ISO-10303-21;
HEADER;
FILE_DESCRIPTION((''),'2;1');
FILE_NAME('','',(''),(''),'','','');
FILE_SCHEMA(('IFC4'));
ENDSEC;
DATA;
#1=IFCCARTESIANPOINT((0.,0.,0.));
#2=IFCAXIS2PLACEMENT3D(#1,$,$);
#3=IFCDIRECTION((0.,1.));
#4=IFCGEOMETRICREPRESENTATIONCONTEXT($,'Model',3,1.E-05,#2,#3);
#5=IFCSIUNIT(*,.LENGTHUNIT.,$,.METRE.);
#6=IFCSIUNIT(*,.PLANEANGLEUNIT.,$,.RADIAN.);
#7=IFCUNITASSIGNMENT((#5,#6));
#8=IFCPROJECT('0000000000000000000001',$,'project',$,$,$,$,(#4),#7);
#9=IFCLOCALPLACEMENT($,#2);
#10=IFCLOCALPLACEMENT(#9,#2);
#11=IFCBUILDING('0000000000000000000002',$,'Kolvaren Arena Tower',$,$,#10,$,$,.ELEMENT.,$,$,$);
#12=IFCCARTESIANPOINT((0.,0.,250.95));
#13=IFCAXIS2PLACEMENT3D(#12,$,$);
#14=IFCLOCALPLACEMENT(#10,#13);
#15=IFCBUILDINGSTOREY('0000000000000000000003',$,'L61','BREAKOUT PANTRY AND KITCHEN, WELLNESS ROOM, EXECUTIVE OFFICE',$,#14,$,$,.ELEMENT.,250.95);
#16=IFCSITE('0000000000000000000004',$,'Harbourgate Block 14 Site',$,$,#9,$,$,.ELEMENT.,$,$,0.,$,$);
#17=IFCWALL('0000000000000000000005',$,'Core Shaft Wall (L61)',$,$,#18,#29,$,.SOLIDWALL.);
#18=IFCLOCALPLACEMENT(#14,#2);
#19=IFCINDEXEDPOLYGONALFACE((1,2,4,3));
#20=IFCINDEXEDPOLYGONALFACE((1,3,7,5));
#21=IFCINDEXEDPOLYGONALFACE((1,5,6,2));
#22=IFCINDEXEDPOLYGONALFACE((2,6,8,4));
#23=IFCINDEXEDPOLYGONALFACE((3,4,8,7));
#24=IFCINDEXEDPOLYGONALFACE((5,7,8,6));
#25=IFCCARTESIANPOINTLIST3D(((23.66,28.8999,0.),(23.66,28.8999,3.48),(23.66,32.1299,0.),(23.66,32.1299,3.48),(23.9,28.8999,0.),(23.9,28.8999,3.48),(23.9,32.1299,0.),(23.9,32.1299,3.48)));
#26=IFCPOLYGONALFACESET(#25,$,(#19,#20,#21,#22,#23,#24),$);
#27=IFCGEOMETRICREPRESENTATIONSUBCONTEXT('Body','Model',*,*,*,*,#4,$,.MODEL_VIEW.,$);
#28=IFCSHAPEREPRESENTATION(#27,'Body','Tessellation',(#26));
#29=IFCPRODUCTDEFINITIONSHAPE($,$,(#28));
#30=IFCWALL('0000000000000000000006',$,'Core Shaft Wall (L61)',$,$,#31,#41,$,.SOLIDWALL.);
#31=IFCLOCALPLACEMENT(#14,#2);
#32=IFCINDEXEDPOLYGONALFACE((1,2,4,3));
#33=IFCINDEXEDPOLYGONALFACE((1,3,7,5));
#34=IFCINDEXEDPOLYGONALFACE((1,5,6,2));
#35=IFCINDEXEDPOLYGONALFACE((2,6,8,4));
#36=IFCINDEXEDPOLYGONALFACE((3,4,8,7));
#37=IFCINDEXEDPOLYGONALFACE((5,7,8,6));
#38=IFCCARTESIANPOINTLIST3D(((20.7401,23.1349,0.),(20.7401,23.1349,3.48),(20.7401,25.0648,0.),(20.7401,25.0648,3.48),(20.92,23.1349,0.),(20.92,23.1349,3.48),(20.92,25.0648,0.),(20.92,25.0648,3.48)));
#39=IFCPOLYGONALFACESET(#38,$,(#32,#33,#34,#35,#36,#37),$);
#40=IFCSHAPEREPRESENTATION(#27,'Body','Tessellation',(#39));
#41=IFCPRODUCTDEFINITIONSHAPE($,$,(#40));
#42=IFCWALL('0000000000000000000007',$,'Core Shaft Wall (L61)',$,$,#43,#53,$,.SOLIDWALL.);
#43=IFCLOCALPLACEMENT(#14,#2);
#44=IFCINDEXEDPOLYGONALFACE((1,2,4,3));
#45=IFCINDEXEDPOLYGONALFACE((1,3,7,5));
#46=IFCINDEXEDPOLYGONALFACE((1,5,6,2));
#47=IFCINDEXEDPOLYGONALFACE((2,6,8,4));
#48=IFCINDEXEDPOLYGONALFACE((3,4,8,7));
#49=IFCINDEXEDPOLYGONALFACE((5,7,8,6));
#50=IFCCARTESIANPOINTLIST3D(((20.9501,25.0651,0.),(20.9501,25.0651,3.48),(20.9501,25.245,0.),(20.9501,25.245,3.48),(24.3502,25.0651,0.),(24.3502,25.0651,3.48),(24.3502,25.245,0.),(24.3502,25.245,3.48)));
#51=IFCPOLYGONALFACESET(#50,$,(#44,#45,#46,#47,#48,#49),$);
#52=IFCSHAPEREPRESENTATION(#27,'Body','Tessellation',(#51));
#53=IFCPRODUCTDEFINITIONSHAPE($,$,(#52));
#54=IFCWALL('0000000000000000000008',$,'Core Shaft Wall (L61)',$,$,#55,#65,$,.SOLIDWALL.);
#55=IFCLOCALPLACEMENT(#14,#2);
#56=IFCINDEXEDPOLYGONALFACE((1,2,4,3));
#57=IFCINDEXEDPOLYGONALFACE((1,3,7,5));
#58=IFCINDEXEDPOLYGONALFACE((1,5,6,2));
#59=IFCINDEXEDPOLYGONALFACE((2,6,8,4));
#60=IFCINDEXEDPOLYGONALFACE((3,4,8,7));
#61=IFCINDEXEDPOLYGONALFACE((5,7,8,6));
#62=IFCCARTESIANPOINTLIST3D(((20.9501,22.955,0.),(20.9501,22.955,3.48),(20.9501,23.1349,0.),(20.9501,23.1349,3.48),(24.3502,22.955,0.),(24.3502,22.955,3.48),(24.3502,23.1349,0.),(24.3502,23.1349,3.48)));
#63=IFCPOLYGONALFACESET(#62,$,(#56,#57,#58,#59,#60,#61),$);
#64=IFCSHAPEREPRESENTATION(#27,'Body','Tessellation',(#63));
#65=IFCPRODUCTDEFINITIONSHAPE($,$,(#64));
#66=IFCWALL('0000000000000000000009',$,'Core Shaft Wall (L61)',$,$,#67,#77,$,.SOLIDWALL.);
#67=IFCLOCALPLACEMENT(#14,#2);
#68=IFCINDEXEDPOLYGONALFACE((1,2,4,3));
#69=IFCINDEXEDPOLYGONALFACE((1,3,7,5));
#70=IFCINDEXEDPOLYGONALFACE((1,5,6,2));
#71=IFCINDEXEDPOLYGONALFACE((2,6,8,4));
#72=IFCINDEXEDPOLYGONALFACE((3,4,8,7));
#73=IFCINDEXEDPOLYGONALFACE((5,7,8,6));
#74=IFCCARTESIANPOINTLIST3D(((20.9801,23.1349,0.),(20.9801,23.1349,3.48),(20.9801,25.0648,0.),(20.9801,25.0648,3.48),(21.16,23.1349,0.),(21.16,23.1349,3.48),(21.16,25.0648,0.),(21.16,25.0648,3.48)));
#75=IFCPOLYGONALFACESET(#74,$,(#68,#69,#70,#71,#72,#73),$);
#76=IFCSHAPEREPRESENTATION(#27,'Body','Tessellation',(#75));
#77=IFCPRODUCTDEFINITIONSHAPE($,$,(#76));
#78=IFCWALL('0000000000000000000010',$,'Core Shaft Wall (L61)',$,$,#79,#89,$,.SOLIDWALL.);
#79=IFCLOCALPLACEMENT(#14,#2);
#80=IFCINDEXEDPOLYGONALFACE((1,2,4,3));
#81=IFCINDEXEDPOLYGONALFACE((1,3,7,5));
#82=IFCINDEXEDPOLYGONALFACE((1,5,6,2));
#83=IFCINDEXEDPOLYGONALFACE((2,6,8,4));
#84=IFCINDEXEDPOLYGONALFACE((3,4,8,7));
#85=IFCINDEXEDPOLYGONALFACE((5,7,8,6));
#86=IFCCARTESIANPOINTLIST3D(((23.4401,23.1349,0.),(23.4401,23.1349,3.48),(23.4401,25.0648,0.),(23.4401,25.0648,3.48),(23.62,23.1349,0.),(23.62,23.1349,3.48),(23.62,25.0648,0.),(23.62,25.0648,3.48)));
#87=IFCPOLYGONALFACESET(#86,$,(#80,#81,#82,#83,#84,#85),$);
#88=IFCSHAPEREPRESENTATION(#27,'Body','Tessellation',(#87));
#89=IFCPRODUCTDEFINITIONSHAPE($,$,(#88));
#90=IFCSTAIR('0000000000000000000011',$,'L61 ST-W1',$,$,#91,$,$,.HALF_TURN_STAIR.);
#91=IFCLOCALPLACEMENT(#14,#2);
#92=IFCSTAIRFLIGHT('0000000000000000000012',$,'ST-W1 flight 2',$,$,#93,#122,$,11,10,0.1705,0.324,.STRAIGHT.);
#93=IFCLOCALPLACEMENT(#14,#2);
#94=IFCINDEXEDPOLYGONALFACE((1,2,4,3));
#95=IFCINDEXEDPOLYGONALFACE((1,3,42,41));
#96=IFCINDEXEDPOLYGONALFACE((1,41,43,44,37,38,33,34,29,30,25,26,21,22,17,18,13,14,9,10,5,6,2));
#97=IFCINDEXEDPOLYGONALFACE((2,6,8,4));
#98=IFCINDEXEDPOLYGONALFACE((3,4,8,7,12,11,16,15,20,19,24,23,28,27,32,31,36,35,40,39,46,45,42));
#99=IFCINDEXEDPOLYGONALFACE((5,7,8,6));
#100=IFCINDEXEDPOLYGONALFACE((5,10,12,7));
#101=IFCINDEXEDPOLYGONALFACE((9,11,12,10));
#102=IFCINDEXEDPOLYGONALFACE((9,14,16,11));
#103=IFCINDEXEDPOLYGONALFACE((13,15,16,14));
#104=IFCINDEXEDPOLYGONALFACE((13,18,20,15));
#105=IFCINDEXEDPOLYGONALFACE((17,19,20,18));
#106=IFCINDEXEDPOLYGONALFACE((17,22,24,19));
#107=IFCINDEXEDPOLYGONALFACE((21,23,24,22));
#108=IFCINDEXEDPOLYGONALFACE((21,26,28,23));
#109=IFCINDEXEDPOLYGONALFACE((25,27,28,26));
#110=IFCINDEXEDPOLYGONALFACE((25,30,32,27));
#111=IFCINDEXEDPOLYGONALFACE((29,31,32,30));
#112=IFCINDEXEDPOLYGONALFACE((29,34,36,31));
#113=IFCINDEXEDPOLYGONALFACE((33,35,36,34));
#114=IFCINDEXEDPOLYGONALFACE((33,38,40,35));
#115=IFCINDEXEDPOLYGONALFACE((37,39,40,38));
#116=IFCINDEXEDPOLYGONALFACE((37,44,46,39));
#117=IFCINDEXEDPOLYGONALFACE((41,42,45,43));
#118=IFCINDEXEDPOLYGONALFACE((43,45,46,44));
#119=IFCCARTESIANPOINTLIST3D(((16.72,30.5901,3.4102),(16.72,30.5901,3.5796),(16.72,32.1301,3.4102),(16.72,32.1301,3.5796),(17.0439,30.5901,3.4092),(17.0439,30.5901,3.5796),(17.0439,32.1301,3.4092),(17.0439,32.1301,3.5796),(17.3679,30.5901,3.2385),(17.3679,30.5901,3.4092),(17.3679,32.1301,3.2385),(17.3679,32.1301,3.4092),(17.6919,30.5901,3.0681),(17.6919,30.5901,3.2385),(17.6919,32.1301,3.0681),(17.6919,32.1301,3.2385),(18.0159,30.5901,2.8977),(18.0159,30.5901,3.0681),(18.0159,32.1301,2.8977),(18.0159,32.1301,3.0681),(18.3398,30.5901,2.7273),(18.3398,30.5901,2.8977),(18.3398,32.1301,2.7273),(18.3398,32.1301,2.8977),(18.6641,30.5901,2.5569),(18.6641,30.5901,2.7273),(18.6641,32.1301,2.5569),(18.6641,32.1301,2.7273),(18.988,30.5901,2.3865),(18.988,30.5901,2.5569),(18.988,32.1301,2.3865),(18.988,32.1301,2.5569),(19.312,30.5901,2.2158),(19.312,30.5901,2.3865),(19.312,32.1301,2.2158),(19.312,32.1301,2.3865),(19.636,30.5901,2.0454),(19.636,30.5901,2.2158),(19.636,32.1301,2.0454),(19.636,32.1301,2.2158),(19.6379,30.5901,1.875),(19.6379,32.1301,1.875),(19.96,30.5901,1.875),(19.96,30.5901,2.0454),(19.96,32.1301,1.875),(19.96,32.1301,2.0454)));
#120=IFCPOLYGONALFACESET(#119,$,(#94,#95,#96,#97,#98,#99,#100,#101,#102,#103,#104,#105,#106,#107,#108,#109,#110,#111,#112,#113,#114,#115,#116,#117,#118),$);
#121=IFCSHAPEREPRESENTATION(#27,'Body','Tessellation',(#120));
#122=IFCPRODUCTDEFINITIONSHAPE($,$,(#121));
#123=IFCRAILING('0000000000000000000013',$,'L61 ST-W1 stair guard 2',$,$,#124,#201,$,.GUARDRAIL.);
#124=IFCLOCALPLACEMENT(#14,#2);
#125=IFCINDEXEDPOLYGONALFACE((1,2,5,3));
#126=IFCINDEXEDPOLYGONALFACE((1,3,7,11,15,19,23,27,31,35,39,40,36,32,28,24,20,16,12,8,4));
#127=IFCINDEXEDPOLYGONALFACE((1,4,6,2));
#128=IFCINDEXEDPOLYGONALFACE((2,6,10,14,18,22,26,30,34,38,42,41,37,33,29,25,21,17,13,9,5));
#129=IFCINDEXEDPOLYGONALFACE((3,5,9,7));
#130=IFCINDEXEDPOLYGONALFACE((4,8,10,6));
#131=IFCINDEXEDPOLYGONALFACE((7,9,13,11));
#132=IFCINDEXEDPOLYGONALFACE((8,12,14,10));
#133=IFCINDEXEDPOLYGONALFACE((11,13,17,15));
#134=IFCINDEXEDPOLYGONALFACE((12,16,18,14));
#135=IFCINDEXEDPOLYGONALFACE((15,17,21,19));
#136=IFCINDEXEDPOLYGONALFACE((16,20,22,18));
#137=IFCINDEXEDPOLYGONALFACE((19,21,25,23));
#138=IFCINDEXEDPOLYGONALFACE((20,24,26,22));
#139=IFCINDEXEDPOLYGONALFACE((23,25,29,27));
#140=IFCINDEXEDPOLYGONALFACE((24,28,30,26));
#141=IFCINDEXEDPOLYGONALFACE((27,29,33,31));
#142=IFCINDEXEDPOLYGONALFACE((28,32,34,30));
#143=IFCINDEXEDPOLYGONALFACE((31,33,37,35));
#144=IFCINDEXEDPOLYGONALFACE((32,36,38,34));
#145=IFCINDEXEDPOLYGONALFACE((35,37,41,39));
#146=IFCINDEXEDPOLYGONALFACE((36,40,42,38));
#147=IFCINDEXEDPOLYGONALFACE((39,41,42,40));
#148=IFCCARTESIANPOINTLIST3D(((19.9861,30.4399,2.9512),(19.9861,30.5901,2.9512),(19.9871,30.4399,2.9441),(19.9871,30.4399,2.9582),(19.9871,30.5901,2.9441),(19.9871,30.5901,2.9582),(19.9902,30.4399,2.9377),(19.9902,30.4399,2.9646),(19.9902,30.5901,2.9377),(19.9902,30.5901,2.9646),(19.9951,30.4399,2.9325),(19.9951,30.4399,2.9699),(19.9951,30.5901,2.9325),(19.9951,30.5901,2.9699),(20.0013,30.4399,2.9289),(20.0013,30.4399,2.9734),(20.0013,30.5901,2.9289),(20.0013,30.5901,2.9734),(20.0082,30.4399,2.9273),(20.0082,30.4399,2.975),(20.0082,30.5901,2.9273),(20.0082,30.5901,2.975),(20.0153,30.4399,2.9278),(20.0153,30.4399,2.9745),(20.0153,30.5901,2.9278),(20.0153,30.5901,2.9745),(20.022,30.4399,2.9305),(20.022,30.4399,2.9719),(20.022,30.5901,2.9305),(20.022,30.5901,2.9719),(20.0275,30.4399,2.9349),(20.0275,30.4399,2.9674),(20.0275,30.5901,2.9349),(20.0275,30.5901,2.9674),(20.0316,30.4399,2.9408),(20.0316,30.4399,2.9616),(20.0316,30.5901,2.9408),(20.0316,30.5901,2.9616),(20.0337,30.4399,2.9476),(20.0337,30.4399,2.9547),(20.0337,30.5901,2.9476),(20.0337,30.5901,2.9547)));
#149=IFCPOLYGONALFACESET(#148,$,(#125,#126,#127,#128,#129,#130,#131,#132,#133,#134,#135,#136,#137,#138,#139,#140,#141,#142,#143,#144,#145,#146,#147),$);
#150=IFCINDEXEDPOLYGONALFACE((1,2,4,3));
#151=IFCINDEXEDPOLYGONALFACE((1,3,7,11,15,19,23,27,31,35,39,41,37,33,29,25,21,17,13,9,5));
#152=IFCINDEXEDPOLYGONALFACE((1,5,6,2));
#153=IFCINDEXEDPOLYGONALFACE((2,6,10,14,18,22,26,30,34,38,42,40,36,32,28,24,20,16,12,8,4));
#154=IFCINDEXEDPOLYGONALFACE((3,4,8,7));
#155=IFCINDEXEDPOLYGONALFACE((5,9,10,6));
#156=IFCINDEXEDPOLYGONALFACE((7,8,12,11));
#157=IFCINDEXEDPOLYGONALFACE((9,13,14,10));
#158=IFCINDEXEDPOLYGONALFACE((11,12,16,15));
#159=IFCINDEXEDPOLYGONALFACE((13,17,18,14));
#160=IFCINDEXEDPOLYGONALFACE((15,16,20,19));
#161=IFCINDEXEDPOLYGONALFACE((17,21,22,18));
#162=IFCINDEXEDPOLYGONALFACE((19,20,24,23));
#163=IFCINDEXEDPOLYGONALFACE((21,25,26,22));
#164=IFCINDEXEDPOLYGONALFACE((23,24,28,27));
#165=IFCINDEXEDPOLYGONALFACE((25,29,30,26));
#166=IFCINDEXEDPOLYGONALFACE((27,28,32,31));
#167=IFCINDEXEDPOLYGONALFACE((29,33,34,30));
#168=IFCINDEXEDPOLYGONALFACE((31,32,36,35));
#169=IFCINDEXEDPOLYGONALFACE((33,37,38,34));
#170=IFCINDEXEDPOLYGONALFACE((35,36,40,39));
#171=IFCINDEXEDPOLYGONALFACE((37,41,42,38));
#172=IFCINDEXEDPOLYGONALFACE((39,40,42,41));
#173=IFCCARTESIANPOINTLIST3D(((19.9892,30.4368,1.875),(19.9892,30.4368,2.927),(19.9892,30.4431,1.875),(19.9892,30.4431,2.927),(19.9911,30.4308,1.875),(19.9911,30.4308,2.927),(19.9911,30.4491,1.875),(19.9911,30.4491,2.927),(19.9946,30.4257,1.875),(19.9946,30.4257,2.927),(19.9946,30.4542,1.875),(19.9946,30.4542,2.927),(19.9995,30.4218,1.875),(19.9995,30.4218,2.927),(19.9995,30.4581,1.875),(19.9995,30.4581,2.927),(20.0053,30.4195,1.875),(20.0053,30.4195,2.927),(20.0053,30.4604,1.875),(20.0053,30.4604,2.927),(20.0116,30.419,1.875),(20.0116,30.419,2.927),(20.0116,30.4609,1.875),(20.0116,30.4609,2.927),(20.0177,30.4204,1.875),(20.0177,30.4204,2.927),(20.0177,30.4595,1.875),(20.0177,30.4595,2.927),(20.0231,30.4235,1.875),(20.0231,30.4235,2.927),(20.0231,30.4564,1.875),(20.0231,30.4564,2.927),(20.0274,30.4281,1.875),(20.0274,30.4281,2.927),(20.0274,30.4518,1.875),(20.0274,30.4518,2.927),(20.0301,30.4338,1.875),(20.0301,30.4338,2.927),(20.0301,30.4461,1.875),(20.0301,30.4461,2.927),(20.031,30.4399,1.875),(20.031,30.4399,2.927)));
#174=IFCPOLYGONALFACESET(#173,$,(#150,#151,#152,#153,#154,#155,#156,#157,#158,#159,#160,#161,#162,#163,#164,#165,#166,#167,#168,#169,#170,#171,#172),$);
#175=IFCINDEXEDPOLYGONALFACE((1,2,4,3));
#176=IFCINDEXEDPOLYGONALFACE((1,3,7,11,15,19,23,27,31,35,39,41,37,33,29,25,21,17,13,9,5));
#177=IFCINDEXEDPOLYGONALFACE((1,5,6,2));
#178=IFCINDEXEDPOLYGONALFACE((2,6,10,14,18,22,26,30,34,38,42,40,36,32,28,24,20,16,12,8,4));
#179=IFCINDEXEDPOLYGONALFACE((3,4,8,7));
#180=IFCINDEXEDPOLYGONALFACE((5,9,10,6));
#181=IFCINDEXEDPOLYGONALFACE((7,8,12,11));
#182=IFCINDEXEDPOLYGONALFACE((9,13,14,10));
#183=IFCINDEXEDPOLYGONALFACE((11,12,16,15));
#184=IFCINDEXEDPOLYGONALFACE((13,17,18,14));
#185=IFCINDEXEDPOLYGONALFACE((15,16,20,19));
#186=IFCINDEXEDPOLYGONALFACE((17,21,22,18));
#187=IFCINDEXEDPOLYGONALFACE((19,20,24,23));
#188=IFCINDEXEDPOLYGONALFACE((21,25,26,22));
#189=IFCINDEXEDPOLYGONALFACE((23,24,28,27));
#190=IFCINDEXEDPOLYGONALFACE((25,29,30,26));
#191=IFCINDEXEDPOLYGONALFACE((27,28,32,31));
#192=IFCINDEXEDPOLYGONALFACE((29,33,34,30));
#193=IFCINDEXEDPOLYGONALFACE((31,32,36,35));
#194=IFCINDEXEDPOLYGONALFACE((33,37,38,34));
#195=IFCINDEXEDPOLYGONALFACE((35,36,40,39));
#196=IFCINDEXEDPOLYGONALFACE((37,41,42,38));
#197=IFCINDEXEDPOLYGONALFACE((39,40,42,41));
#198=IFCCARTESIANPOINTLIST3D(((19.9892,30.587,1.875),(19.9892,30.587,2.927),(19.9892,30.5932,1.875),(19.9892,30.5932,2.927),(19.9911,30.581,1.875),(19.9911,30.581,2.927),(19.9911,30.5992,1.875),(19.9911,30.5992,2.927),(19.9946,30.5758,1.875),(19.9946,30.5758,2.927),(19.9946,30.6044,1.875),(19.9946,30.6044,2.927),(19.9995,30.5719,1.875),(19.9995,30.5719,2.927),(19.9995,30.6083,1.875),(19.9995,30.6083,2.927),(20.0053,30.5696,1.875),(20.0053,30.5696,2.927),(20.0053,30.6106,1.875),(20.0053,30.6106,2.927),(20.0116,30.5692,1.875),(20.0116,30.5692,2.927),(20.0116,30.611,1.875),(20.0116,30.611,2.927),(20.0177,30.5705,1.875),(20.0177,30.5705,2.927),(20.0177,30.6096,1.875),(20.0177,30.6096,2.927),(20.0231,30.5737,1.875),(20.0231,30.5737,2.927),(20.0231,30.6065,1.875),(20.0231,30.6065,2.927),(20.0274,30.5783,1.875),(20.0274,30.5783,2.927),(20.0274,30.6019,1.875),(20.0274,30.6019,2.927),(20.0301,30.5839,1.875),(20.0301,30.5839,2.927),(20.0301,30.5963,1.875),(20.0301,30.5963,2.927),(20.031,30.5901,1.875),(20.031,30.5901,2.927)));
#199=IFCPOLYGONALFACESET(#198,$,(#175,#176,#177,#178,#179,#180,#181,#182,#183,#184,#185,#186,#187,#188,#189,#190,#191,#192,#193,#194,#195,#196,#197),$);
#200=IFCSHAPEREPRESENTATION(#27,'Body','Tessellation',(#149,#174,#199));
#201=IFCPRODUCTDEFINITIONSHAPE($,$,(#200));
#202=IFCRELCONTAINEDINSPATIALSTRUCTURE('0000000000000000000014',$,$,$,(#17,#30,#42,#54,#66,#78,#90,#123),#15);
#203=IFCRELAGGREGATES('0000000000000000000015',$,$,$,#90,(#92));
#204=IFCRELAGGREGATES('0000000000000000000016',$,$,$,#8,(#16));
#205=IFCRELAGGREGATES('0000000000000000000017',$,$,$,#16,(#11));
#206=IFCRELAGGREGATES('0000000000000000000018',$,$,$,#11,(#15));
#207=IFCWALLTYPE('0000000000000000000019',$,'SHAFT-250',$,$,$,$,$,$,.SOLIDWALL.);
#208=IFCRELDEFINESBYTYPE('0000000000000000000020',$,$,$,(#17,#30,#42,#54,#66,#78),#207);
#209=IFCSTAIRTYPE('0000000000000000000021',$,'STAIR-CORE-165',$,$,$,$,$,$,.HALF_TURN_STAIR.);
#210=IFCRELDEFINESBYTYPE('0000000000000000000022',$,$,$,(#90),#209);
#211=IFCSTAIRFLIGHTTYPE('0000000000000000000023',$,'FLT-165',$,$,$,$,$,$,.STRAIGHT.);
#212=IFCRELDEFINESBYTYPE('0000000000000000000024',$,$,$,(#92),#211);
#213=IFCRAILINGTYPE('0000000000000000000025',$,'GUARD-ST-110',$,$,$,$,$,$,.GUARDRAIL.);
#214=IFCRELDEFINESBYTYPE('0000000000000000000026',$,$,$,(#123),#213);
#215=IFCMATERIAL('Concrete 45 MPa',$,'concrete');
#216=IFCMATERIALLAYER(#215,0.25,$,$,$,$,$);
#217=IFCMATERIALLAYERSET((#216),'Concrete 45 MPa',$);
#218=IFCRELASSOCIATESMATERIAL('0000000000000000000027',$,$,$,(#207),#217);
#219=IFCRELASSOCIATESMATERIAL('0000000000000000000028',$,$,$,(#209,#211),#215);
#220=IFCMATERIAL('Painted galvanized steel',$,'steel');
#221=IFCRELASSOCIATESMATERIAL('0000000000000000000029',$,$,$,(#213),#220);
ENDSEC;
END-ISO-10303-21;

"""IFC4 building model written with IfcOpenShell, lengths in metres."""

from ifc_helpers import new_model, si_unit, direction, frame, frame_2d, origin, origin_2d, place, context, subcontext, project, spatial, polyline, rectangle, circle, outline, extrude, material, layer, layer_set, type_object, element, aggregate, save


model = new_model("IFC4")

# Units and contexts
model_context = context("Model", 3, precision=1e-05, world=origin(), true_north=direction((0.0, 1.0)))
body_context = subcontext(model_context, "Body", "Model", "MODEL_VIEW")
ifc_project = project(units=[si_unit("LENGTHUNIT", "METRE"), si_unit("PLANEANGLEUNIT", "RADIAN")], contexts=[model_context])

# Site, building, storey
site_placement = place(None, origin())
site = spatial("IfcSite", under=ifc_project, at=site_placement, Name="Harbourgate Block 14 Site", CompositionType="ELEMENT", RefElevation=0.0)
building_placement = place(site_placement, origin())
building = spatial("IfcBuilding", under=site, at=building_placement, Name="Kolvaren Arena Tower", CompositionType="ELEMENT")
storey_placement = place(building_placement, frame((0.0, 0.0, 250.95)))
storey = spatial("IfcBuildingStorey", under=building, at=storey_placement, Name="L61", Description="BREAKOUT PANTRY AND KITCHEN, WELLNESS ROOM, EXECUTIVE OFFICE", CompositionType="ELEMENT", Elevation=250.95)

# Shared definitions
ifc_material_1 = material(Name="Concrete 45 MPa", Category="concrete")
ifc_layer_1 = layer(ifc_material_1, 0.25)
ifc_layer_set_1 = layer_set([ifc_layer_1], Name="Concrete 45 MPa")
wall_type_1 = type_object("IfcWallType", Name="SHAFT-250", PredefinedType="SOLIDWALL", material=ifc_layer_set_1)

# Walls
wall_1_placement = place(storey_placement, frame((23.78, 28.8999, 0.0), z_axis=(0.0, 0.0, 1.0), x_axis=(0.0, 1.0, 0.0)))
element("IfcWall", 1, at=wall_1_placement, inside=storey, type_object=wall_type_1, Name="Core Shaft Wall (L61)", PredefinedType="SOLIDWALL", context=body_context, shape_type="SweptSolid", body=[
    extrude(rectangle(XDim=3.23, YDim=0.24, at=frame_2d((1.615, 0.0))), origin(), (0.0, 0.0, 1.0), 3.48),
])
wall_2_placement = place(storey_placement, frame((20.8301, 23.135, 0.0), z_axis=(0.0, 0.0, 1.0), x_axis=(0.0, 1.0, 0.0)))
element("IfcWall", 2, at=wall_2_placement, inside=storey, type_object=wall_type_1, Name="Core Shaft Wall (L61)", PredefinedType="SOLIDWALL", context=body_context, shape_type="SweptSolid", body=[
    extrude(rectangle(XDim=1.9299, YDim=0.1799, at=frame_2d((0.9648, 0.0))), origin(), (0.0, 0.0, 1.0), 3.48),
])
for number, where, z_axis, x_axis, name in (
    (3, (20.95, 25.155, 0.0), (0.0, 0.0, 1.0), (1.0, 0.0, 0.0), "Core Shaft Wall (L61)"),
    (4, (20.95, 23.0449, 0.0), (0.0, 0.0, 1.0), (1.0, 0.0, 0.0), "Core Shaft Wall (L61)"),
):
    element("IfcWall", number, at=place(storey_placement, frame(where, z_axis=z_axis, x_axis=x_axis)), inside=storey, type_object=wall_type_1, Name=name, PredefinedType="SOLIDWALL", context=body_context, shape_type="SweptSolid", body=[
        extrude(rectangle(XDim=3.4001, YDim=0.1799, at=frame_2d((1.7002, 0.0))), origin(), (0.0, 0.0, 1.0), 3.48),
    ])
for number, where, z_axis, x_axis, name in (
    (5, (21.0701, 23.135, 0.0), (0.0, 0.0, 1.0), (0.0, 1.0, 0.0), "Core Shaft Wall (L61)"),
    (6, (23.53, 23.135, 0.0), (0.0, 0.0, 1.0), (0.0, 1.0, 0.0), "Core Shaft Wall (L61)"),
):
    element("IfcWall", number, at=place(storey_placement, frame(where, z_axis=z_axis, x_axis=x_axis)), inside=storey, type_object=wall_type_1, Name=name, PredefinedType="SOLIDWALL", context=body_context, shape_type="SweptSolid", body=[
        extrude(rectangle(XDim=1.9299, YDim=0.1799, at=frame_2d((0.9648, 0.0))), origin(), (0.0, 0.0, 1.0), 3.48),
    ])

# Stair, stair flight
stair_type = type_object("IfcStairType", Name="STAIR-CORE-165", PredefinedType="HALF_TURN_STAIR", material=ifc_material_1)
stair_placement = place(storey_placement, origin())
stair = element("IfcStair", 7, at=stair_placement, inside=storey, type_object=stair_type, Name="L61 ST-W1", PredefinedType="HALF_TURN_STAIR")
stair_flight_type = type_object("IfcStairFlightType", Name="FLT-165", PredefinedType="STRAIGHT", material=ifc_material_1)
stair_flight_placement = place(storey_placement, frame((19.96, 31.3601, 1.875), z_axis=(0.0, 0.0, 1.0), x_axis=(-1.0, 0.0, 0.0)))
stair_flight = element("IfcStairFlight", 8, at=stair_flight_placement, type_object=stair_flight_type, Name="ST-W1 flight 2", NumberOfRisers=11, NumberOfTreads=10, PredefinedType="STRAIGHT", RiserHeight=0.1705, TreadLength=0.324, context=body_context, shape_type="SweptSolid", body=[
    extrude(outline(polyline([(0.0, 0.0), (0.0, 0.1704), (0.324, 0.1704), (0.324, 0.3408), (0.6479, 0.3408), (0.6479, 0.5115), (0.9719, 0.5115), (0.9719, 0.6819), (1.2959, 0.6819), (1.2959, 0.8523), (1.6201, 0.8523), (1.6201, 1.0227), (1.9441, 1.0227), (1.9441, 1.1931), (2.2681, 1.1931), (2.2681, 1.3635), (2.592, 1.3635), (2.592, 1.5342), (2.916, 1.5342), (2.916, 1.7046), (3.24, 1.7046), (3.24, 1.875), (3.24, 1.5352), (0.322, 0.0), (0.0, 0.0)])), frame((0.0, 0.77, 0.0), z_axis=(0.0, -1.0, 0.0), x_axis=(1.0, 0.0, 0.0)), (0.0, 0.0, 1.0), 1.54),
])
aggregate(stair, [stair_flight])

# Railing
ifc_material_2 = material(Name="Painted galvanized steel", Category="steel")
railing_type_1 = type_object("IfcRailingType", Name="GUARD-ST-110", PredefinedType="GUARDRAIL", material=ifc_material_2)
railing_1_placement = place(storey_placement, frame((20.01, 30.4399, 1.875)))
element("IfcRailing", 9, at=railing_1_placement, inside=storey, type_object=railing_type_1, Name="L61 ST-W1 stair guard 2", PredefinedType="GUARDRAIL", context=body_context, shape_type="SweptSolid", body=[
    extrude(circle(Radius=0.0239, at=origin_2d()), frame((0.0, 0.0, 1.0762), z_axis=(0.0, 1.0, 0.0), x_axis=(-1.0, 0.0, 0.0)), (0.0, 0.0, 1.0), 0.1501),
    extrude(circle(Radius=0.021, at=origin_2d()), origin(), (0.0, 0.0, 1.0), 1.052),
    extrude(circle(Radius=0.021, at=origin_2d()), frame((0.0, 0.1501, 0.0)), (0.0, 0.0, 1.0), 1.052),
])

save(model, "model.ifc")
